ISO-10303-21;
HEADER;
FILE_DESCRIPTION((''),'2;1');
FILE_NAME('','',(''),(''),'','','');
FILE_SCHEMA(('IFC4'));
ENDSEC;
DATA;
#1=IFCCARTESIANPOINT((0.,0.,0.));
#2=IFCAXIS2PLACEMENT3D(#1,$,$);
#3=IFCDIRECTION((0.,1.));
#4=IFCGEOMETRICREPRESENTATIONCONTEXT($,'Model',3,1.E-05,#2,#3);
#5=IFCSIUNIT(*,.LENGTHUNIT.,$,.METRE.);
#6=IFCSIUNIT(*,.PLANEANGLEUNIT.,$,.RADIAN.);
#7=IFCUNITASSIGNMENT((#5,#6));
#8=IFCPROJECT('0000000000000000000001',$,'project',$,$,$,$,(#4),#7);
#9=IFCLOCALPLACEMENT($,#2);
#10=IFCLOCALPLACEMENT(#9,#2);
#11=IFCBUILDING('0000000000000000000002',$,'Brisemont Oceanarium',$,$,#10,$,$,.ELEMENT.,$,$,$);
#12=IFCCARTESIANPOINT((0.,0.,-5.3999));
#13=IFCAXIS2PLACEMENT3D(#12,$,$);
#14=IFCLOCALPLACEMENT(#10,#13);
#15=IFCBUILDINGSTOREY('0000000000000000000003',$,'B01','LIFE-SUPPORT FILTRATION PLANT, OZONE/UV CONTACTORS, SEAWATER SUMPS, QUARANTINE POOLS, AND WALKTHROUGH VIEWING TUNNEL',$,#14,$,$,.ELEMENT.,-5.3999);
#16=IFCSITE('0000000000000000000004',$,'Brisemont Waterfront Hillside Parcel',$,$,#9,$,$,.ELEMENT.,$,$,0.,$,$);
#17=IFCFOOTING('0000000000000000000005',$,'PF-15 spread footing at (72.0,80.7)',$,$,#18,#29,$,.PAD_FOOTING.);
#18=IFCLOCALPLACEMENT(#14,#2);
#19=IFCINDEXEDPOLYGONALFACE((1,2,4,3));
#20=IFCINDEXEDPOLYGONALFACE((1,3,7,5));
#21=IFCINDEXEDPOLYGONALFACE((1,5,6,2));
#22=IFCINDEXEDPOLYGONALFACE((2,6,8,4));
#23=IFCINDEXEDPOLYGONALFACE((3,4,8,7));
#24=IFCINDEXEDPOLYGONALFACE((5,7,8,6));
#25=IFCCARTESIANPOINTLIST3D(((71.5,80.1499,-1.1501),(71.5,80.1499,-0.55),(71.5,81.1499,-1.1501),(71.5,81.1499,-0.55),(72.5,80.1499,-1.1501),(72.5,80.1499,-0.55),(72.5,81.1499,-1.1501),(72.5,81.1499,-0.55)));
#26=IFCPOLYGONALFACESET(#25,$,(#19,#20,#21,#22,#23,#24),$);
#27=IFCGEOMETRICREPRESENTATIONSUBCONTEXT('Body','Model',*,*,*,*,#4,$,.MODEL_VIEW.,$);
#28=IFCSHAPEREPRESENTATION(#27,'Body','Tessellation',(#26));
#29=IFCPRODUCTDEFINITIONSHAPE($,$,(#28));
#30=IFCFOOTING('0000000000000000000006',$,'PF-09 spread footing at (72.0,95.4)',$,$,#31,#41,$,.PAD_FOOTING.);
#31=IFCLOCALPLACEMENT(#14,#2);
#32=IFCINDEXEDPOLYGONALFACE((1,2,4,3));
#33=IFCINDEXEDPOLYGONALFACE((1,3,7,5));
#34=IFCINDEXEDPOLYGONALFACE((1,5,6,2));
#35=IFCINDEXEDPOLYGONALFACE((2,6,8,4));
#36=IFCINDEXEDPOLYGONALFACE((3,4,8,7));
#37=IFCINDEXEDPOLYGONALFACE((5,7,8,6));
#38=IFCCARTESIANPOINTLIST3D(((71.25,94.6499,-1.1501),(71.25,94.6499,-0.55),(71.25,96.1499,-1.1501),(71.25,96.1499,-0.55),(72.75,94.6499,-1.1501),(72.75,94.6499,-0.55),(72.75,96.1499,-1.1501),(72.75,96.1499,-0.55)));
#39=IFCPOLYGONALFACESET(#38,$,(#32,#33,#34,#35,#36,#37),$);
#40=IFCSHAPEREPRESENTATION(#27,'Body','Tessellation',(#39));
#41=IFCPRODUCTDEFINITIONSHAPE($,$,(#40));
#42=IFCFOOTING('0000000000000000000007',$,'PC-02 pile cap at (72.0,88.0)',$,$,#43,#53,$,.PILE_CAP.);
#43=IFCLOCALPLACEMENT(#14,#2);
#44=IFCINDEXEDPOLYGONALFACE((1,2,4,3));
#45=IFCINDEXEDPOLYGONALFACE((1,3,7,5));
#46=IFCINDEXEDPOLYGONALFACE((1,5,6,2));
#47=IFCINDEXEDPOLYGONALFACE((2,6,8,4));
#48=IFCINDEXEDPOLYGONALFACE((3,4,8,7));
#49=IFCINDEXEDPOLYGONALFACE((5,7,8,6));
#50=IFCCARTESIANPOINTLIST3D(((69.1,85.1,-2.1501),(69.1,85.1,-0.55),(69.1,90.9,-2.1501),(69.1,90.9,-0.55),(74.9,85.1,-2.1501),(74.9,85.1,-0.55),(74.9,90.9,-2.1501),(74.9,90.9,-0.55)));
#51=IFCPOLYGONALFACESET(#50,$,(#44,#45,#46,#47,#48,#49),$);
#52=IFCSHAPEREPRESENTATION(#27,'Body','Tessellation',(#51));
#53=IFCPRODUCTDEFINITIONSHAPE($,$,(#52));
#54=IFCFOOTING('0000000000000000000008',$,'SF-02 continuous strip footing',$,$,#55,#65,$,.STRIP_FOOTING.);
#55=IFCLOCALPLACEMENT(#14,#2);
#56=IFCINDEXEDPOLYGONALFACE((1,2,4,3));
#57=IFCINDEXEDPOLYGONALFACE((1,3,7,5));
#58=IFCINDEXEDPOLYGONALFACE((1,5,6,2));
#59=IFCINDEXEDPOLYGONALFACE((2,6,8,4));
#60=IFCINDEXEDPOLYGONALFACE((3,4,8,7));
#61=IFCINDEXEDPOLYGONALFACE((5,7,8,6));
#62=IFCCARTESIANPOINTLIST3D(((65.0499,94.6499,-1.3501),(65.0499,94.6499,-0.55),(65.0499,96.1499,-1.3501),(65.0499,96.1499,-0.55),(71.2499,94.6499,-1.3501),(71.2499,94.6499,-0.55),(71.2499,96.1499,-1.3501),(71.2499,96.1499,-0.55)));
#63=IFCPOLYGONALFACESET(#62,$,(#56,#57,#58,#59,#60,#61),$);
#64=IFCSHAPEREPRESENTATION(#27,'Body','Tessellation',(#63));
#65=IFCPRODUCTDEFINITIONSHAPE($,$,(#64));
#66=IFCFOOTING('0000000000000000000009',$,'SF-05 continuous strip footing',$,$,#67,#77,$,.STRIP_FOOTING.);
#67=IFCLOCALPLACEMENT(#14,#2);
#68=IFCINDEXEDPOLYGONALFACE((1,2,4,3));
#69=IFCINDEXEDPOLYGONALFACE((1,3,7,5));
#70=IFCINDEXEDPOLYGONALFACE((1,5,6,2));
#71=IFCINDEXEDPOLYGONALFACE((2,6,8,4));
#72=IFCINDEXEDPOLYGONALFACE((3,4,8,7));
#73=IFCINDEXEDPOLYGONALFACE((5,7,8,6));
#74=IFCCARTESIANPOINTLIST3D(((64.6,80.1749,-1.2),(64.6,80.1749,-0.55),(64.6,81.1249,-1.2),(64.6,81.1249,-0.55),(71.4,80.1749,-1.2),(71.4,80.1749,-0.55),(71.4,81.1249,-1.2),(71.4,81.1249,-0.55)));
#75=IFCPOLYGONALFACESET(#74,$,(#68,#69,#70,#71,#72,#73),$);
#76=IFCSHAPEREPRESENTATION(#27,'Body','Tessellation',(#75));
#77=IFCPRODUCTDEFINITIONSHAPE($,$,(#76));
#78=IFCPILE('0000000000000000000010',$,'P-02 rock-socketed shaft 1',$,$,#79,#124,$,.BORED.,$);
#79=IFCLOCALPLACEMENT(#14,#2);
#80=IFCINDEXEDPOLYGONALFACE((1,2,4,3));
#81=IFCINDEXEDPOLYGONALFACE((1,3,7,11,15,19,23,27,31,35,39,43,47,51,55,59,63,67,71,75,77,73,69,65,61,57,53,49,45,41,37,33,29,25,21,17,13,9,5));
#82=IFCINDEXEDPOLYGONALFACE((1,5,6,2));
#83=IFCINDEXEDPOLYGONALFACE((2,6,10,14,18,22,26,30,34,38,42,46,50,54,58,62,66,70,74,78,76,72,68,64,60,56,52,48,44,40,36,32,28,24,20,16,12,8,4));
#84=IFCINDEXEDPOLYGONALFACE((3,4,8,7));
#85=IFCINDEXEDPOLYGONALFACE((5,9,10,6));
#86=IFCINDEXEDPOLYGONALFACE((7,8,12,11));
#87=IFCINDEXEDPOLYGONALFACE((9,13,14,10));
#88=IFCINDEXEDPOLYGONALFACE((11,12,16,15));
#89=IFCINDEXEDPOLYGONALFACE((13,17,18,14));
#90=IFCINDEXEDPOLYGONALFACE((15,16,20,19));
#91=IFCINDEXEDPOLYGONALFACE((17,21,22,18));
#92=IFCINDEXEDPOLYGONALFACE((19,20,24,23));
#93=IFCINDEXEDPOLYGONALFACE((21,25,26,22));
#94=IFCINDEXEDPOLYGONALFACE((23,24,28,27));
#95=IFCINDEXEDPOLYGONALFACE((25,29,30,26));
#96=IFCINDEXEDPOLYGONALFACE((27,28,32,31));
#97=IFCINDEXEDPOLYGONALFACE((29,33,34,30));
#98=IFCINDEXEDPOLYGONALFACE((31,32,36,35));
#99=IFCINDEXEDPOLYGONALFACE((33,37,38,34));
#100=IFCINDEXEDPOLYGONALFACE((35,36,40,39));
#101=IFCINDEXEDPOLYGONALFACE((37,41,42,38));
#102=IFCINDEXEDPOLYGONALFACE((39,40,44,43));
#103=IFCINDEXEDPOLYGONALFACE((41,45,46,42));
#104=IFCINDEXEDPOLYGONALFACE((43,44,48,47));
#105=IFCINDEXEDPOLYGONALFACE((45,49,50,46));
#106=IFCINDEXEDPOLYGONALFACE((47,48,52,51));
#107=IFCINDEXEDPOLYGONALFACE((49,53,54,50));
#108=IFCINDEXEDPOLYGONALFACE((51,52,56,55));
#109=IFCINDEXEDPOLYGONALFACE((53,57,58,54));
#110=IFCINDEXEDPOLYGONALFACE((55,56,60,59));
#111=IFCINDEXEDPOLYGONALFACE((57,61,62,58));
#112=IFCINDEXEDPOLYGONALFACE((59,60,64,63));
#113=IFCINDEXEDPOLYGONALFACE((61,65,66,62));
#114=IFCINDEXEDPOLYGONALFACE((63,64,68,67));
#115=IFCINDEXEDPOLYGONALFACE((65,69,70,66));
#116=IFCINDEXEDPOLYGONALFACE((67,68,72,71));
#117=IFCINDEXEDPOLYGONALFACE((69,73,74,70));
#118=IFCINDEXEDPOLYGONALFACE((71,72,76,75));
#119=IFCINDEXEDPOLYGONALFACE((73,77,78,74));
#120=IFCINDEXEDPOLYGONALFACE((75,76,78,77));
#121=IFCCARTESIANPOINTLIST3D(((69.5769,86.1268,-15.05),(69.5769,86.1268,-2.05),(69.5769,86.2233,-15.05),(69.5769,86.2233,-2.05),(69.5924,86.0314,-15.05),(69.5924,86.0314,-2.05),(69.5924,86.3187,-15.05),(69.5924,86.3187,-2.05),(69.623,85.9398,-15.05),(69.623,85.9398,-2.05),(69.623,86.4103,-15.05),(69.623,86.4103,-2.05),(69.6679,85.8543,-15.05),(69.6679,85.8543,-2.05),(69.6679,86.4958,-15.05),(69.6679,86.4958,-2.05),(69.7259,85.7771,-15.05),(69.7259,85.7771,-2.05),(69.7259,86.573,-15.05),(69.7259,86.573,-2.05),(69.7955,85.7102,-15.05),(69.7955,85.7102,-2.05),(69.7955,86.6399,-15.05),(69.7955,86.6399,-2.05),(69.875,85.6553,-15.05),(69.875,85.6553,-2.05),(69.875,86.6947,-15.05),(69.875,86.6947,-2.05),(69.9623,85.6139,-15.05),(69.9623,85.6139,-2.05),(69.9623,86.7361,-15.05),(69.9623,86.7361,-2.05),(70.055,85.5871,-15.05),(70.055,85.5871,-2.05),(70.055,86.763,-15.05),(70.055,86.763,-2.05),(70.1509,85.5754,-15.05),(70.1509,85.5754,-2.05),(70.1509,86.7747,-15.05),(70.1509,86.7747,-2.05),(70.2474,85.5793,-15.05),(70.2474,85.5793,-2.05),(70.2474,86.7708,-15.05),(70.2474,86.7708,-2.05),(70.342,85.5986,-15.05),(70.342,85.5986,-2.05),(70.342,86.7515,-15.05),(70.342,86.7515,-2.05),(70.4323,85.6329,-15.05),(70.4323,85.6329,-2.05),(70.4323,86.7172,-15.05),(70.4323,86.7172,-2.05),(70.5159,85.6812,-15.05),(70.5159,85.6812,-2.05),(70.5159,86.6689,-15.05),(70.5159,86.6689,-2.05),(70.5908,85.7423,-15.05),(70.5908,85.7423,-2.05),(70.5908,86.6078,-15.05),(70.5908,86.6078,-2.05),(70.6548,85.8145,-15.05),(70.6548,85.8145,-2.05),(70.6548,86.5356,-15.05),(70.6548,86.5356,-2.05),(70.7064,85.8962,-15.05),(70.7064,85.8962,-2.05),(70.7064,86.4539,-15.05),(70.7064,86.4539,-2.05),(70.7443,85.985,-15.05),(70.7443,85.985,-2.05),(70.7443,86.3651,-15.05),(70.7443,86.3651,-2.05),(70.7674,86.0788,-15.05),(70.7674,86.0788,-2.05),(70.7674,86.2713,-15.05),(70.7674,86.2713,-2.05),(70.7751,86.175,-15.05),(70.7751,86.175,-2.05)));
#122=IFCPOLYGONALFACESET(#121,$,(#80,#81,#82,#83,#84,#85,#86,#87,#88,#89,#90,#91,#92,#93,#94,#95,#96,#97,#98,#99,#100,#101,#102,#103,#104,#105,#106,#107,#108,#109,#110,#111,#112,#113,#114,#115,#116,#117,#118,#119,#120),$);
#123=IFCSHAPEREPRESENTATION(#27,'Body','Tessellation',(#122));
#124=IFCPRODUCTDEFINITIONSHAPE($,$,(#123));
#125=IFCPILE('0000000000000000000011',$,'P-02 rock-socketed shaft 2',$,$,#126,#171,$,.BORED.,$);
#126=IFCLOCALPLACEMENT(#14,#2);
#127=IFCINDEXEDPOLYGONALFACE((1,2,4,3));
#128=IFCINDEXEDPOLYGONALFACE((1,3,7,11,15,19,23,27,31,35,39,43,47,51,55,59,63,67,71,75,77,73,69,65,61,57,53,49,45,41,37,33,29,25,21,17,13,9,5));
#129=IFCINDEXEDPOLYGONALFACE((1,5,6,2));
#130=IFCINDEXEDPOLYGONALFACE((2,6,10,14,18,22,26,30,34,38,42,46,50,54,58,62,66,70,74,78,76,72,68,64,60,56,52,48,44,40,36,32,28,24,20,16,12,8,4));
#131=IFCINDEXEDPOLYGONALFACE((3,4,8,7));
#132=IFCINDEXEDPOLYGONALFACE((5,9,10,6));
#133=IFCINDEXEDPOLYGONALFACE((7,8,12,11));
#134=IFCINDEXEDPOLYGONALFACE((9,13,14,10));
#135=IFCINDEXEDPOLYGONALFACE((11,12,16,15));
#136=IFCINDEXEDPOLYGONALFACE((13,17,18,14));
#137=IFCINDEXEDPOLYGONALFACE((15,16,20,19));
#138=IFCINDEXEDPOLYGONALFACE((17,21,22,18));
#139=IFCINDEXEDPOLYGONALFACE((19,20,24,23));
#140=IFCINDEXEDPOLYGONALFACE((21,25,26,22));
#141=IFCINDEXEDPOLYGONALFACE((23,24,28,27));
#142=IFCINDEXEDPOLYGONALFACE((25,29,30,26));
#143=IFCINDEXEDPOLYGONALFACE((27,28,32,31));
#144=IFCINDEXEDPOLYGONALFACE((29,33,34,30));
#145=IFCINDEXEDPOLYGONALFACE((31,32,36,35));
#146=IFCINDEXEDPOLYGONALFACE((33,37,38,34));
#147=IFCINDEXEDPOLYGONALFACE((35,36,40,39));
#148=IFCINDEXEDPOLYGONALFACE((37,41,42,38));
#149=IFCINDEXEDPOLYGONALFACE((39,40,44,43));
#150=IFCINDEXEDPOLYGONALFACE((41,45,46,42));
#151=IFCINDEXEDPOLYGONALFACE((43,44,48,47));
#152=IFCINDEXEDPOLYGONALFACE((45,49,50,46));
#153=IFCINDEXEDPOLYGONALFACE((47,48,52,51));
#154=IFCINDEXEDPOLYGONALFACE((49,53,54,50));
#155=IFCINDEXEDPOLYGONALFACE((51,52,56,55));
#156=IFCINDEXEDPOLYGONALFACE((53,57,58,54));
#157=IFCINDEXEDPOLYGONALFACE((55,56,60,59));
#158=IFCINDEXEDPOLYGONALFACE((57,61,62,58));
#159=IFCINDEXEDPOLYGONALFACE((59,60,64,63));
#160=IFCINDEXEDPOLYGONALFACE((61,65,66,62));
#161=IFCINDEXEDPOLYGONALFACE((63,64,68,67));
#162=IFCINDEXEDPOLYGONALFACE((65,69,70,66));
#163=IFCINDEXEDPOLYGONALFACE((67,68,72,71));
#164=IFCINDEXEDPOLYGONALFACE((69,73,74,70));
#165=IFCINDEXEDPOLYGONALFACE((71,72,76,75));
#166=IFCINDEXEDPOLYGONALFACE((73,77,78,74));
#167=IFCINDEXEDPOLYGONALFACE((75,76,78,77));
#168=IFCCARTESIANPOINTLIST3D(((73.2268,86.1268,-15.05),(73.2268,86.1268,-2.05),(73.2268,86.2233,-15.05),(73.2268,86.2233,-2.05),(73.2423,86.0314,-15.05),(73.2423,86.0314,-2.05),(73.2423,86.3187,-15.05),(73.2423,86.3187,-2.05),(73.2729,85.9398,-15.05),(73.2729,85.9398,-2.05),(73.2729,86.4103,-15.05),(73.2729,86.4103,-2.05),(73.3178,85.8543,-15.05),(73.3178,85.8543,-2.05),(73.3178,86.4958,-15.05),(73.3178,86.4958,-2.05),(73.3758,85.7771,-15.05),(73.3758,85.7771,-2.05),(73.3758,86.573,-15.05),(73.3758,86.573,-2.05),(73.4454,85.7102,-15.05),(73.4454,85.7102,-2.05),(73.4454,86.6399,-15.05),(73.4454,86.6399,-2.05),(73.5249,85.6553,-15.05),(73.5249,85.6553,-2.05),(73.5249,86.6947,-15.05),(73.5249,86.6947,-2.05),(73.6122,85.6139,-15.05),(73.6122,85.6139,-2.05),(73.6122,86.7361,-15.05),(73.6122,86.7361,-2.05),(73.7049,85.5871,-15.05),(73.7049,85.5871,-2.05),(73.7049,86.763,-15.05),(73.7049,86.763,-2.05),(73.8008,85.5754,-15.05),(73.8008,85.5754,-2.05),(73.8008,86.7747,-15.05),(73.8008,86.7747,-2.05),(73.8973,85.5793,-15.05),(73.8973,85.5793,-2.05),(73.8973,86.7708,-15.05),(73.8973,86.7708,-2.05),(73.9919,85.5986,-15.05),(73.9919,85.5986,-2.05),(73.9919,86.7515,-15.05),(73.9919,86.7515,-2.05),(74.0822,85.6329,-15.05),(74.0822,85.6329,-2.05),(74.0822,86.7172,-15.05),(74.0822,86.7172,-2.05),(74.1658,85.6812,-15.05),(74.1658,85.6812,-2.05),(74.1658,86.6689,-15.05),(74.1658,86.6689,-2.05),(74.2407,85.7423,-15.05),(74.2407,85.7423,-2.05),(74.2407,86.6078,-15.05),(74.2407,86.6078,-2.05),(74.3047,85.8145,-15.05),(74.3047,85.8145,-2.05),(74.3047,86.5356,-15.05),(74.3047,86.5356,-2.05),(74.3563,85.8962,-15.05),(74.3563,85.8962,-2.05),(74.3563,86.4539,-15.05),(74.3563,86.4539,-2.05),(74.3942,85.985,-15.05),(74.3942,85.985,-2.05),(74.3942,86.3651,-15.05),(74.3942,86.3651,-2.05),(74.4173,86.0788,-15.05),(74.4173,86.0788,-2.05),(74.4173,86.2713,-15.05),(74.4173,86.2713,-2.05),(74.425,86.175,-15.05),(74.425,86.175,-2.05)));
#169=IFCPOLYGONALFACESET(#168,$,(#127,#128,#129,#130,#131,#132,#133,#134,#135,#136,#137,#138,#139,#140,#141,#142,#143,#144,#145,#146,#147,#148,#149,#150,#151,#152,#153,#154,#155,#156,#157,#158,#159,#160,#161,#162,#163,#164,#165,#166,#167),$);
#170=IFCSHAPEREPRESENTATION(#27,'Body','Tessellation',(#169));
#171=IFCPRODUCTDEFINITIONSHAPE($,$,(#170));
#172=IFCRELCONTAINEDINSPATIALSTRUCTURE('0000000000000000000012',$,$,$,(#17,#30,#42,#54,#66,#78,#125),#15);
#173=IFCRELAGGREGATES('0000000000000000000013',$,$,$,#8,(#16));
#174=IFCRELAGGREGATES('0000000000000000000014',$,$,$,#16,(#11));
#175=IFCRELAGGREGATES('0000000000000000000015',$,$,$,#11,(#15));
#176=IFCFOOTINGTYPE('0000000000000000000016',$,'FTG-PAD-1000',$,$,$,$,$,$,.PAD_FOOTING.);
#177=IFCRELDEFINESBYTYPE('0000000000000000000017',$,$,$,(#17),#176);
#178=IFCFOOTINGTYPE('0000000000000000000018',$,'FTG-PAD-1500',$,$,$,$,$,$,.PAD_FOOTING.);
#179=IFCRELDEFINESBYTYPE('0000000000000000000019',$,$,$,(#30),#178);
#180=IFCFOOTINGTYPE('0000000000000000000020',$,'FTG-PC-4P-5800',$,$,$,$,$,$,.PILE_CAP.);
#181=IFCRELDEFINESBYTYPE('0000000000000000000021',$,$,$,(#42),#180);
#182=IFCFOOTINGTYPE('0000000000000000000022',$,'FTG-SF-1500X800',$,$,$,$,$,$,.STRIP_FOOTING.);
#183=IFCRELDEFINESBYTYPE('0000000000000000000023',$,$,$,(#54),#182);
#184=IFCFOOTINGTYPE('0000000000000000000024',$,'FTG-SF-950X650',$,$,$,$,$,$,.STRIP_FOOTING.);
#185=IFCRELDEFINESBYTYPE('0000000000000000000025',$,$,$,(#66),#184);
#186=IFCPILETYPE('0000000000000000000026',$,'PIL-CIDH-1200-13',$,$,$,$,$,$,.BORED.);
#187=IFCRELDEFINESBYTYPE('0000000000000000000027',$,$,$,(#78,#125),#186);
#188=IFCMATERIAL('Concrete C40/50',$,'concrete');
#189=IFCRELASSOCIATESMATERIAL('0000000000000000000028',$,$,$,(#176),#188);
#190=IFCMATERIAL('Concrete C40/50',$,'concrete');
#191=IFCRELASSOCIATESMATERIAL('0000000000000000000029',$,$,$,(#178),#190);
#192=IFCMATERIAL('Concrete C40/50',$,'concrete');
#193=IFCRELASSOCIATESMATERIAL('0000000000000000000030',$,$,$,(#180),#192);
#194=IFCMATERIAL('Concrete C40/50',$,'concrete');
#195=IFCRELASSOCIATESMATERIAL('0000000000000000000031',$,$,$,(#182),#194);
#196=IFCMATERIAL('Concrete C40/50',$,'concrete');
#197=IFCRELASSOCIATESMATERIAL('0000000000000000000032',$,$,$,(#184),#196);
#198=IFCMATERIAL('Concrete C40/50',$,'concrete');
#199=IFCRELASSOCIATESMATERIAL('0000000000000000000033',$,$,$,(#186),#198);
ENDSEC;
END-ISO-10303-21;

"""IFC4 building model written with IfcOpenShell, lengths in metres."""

from ifc_helpers import new_model, si_unit, direction, frame, origin, origin_2d, place, context, subcontext, project, spatial, rectangle, circle, extrude, material, material_profile, profile_set, type_object, element, save


model = new_model("IFC4")

# Units and contexts
model_context = context("Model", 3, precision=1e-05, world=origin(), true_north=direction((0.0, 1.0)))
body_context = subcontext(model_context, "Body", "Model", "MODEL_VIEW")
ifc_project = project(units=[si_unit("LENGTHUNIT", "METRE"), si_unit("PLANEANGLEUNIT", "RADIAN")], contexts=[model_context])

# Site, building, storey
site_placement = place(None, origin())
site = spatial("IfcSite", under=ifc_project, at=site_placement, Name="Brisemont Waterfront Hillside Parcel", CompositionType="ELEMENT", RefElevation=0.0)
building_placement = place(site_placement, origin())
building = spatial("IfcBuilding", under=site, at=building_placement, Name="Brisemont Oceanarium", CompositionType="ELEMENT")
storey_placement = place(building_placement, frame((0.0, 0.0, -5.3999)))
storey = spatial("IfcBuildingStorey", under=building, at=storey_placement, Name="B01", Description="LIFE-SUPPORT FILTRATION PLANT, OZONE/UV CONTACTORS, SEAWATER SUMPS, QUARANTINE POOLS, AND WALKTHROUGH VIEWING TUNNEL", CompositionType="ELEMENT", Elevation=-5.3999)

# Footings
ifc_material_1 = material(Name="Concrete C40/50", Category="concrete")
footing_type_1 = type_object("IfcFootingType", Name="FTG-PAD-1000", PredefinedType="PAD_FOOTING", material=ifc_material_1)
footing_1_placement = place(storey_placement, frame((72.0, 80.6499, -1.1501), z_axis=(0.0, 0.0, 1.0), x_axis=(1.0, 0.0, 0.0)))
element("IfcFooting", 1, at=footing_1_placement, inside=storey, type_object=footing_type_1, Name="PF-15 spread footing at (72.0,80.7)", PredefinedType="PAD_FOOTING", context=body_context, shape_type="SweptSolid", body=[
    extrude(rectangle(XDim=1.0, YDim=1.0, at=origin_2d()), origin(), (0.0, 0.0, 1.0), 0.6001),
])
ifc_material_2 = material(Name="Concrete C40/50", Category="concrete")
footing_type_2 = type_object("IfcFootingType", Name="FTG-PAD-1500", PredefinedType="PAD_FOOTING", material=ifc_material_2)
footing_2_placement = place(storey_placement, frame((72.0, 95.3999, -1.1501), z_axis=(0.0, 0.0, 1.0), x_axis=(1.0, 0.0, 0.0)))
element("IfcFooting", 2, at=footing_2_placement, inside=storey, type_object=footing_type_2, Name="PF-09 spread footing at (72.0,95.4)", PredefinedType="PAD_FOOTING", context=body_context, shape_type="SweptSolid", body=[
    extrude(rectangle(XDim=1.5, YDim=1.5, at=origin_2d()), origin(), (0.0, 0.0, 1.0), 0.6001),
])
ifc_material_3 = material(Name="Concrete C40/50", Category="concrete")
footing_type_3 = type_object("IfcFootingType", Name="FTG-PC-4P-5800", PredefinedType="PILE_CAP", material=ifc_material_3)
footing_3_placement = place(storey_placement, frame((72.0, 88.0, -2.1501), z_axis=(0.0, 0.0, 1.0), x_axis=(1.0, 0.0, 0.0)))
element("IfcFooting", 3, at=footing_3_placement, inside=storey, type_object=footing_type_3, Name="PC-02 pile cap at (72.0,88.0)", PredefinedType="PILE_CAP", context=body_context, shape_type="SweptSolid", body=[
    extrude(rectangle(XDim=5.8, YDim=5.8, at=origin_2d()), origin(), (0.0, 0.0, 1.0), 1.6001),
])
ifc_material_4 = material(Name="Concrete C40/50", Category="concrete")
footing_type_4 = type_object("IfcFootingType", Name="FTG-SF-1500X800", PredefinedType="STRIP_FOOTING", material=ifc_material_4)
footing_4_placement = place(storey_placement, frame((68.1499, 95.3999, -1.3501), z_axis=(0.0, 0.0, 1.0), x_axis=(1.0, 0.0, 0.0)))
element("IfcFooting", 4, at=footing_4_placement, inside=storey, type_object=footing_type_4, Name="SF-02 continuous strip footing", PredefinedType="STRIP_FOOTING", context=body_context, shape_type="SweptSolid", body=[
    extrude(rectangle(XDim=6.2, YDim=1.5, at=origin_2d()), origin(), (0.0, 0.0, 1.0), 0.8),
])
ifc_material_5 = material(Name="Concrete C40/50", Category="concrete")
footing_type_5 = type_object("IfcFootingType", Name="FTG-SF-950X650", PredefinedType="STRIP_FOOTING", material=ifc_material_5)
footing_5_placement = place(storey_placement, frame((68.0, 80.6499, -1.2), z_axis=(0.0, 0.0, 1.0), x_axis=(1.0, 0.0, 0.0)))
element("IfcFooting", 5, at=footing_5_placement, inside=storey, type_object=footing_type_5, Name="SF-05 continuous strip footing", PredefinedType="STRIP_FOOTING", context=body_context, shape_type="SweptSolid", body=[
    extrude(rectangle(XDim=6.8, YDim=0.95, at=origin_2d()), origin(), (0.0, 0.0, 1.0), 0.6499),
])

# Piles
ifc_material_6 = material(Name="Concrete C40/50", Category="concrete")
ifc_material_profile_1 = material_profile(ifc_material_6, circle(Radius=0.6001, at=origin_2d()), Name="CIDH-D1200")
ifc_profile_set_1 = profile_set([ifc_material_profile_1], Name="Concrete C40/50")
pile_type = type_object("IfcPileType", Name="PIL-CIDH-1200-13", PredefinedType="BORED", material=ifc_profile_set_1)
for number, where, z_axis, x_axis, name in (
    (6, (70.175, 86.175, -2.05), (0.0, 0.0, -1.0), (1.0, 0.0, 0.0), "P-02 rock-socketed shaft 1"),
    (7, (73.825, 86.175, -2.05), (0.0, 0.0, -1.0), (1.0, 0.0, 0.0), "P-02 rock-socketed shaft 2"),
):
    element("IfcPile", number, at=place(storey_placement, frame(where, z_axis=z_axis, x_axis=x_axis)), inside=storey, type_object=pile_type, Name=name, PredefinedType="BORED", context=body_context, shape_type="SweptSolid", body=[
        extrude(circle(Radius=0.6001, at=origin_2d()), origin(), (0.0, 0.0, 1.0), 13.0),
    ])

save(model, "model.ifc")
